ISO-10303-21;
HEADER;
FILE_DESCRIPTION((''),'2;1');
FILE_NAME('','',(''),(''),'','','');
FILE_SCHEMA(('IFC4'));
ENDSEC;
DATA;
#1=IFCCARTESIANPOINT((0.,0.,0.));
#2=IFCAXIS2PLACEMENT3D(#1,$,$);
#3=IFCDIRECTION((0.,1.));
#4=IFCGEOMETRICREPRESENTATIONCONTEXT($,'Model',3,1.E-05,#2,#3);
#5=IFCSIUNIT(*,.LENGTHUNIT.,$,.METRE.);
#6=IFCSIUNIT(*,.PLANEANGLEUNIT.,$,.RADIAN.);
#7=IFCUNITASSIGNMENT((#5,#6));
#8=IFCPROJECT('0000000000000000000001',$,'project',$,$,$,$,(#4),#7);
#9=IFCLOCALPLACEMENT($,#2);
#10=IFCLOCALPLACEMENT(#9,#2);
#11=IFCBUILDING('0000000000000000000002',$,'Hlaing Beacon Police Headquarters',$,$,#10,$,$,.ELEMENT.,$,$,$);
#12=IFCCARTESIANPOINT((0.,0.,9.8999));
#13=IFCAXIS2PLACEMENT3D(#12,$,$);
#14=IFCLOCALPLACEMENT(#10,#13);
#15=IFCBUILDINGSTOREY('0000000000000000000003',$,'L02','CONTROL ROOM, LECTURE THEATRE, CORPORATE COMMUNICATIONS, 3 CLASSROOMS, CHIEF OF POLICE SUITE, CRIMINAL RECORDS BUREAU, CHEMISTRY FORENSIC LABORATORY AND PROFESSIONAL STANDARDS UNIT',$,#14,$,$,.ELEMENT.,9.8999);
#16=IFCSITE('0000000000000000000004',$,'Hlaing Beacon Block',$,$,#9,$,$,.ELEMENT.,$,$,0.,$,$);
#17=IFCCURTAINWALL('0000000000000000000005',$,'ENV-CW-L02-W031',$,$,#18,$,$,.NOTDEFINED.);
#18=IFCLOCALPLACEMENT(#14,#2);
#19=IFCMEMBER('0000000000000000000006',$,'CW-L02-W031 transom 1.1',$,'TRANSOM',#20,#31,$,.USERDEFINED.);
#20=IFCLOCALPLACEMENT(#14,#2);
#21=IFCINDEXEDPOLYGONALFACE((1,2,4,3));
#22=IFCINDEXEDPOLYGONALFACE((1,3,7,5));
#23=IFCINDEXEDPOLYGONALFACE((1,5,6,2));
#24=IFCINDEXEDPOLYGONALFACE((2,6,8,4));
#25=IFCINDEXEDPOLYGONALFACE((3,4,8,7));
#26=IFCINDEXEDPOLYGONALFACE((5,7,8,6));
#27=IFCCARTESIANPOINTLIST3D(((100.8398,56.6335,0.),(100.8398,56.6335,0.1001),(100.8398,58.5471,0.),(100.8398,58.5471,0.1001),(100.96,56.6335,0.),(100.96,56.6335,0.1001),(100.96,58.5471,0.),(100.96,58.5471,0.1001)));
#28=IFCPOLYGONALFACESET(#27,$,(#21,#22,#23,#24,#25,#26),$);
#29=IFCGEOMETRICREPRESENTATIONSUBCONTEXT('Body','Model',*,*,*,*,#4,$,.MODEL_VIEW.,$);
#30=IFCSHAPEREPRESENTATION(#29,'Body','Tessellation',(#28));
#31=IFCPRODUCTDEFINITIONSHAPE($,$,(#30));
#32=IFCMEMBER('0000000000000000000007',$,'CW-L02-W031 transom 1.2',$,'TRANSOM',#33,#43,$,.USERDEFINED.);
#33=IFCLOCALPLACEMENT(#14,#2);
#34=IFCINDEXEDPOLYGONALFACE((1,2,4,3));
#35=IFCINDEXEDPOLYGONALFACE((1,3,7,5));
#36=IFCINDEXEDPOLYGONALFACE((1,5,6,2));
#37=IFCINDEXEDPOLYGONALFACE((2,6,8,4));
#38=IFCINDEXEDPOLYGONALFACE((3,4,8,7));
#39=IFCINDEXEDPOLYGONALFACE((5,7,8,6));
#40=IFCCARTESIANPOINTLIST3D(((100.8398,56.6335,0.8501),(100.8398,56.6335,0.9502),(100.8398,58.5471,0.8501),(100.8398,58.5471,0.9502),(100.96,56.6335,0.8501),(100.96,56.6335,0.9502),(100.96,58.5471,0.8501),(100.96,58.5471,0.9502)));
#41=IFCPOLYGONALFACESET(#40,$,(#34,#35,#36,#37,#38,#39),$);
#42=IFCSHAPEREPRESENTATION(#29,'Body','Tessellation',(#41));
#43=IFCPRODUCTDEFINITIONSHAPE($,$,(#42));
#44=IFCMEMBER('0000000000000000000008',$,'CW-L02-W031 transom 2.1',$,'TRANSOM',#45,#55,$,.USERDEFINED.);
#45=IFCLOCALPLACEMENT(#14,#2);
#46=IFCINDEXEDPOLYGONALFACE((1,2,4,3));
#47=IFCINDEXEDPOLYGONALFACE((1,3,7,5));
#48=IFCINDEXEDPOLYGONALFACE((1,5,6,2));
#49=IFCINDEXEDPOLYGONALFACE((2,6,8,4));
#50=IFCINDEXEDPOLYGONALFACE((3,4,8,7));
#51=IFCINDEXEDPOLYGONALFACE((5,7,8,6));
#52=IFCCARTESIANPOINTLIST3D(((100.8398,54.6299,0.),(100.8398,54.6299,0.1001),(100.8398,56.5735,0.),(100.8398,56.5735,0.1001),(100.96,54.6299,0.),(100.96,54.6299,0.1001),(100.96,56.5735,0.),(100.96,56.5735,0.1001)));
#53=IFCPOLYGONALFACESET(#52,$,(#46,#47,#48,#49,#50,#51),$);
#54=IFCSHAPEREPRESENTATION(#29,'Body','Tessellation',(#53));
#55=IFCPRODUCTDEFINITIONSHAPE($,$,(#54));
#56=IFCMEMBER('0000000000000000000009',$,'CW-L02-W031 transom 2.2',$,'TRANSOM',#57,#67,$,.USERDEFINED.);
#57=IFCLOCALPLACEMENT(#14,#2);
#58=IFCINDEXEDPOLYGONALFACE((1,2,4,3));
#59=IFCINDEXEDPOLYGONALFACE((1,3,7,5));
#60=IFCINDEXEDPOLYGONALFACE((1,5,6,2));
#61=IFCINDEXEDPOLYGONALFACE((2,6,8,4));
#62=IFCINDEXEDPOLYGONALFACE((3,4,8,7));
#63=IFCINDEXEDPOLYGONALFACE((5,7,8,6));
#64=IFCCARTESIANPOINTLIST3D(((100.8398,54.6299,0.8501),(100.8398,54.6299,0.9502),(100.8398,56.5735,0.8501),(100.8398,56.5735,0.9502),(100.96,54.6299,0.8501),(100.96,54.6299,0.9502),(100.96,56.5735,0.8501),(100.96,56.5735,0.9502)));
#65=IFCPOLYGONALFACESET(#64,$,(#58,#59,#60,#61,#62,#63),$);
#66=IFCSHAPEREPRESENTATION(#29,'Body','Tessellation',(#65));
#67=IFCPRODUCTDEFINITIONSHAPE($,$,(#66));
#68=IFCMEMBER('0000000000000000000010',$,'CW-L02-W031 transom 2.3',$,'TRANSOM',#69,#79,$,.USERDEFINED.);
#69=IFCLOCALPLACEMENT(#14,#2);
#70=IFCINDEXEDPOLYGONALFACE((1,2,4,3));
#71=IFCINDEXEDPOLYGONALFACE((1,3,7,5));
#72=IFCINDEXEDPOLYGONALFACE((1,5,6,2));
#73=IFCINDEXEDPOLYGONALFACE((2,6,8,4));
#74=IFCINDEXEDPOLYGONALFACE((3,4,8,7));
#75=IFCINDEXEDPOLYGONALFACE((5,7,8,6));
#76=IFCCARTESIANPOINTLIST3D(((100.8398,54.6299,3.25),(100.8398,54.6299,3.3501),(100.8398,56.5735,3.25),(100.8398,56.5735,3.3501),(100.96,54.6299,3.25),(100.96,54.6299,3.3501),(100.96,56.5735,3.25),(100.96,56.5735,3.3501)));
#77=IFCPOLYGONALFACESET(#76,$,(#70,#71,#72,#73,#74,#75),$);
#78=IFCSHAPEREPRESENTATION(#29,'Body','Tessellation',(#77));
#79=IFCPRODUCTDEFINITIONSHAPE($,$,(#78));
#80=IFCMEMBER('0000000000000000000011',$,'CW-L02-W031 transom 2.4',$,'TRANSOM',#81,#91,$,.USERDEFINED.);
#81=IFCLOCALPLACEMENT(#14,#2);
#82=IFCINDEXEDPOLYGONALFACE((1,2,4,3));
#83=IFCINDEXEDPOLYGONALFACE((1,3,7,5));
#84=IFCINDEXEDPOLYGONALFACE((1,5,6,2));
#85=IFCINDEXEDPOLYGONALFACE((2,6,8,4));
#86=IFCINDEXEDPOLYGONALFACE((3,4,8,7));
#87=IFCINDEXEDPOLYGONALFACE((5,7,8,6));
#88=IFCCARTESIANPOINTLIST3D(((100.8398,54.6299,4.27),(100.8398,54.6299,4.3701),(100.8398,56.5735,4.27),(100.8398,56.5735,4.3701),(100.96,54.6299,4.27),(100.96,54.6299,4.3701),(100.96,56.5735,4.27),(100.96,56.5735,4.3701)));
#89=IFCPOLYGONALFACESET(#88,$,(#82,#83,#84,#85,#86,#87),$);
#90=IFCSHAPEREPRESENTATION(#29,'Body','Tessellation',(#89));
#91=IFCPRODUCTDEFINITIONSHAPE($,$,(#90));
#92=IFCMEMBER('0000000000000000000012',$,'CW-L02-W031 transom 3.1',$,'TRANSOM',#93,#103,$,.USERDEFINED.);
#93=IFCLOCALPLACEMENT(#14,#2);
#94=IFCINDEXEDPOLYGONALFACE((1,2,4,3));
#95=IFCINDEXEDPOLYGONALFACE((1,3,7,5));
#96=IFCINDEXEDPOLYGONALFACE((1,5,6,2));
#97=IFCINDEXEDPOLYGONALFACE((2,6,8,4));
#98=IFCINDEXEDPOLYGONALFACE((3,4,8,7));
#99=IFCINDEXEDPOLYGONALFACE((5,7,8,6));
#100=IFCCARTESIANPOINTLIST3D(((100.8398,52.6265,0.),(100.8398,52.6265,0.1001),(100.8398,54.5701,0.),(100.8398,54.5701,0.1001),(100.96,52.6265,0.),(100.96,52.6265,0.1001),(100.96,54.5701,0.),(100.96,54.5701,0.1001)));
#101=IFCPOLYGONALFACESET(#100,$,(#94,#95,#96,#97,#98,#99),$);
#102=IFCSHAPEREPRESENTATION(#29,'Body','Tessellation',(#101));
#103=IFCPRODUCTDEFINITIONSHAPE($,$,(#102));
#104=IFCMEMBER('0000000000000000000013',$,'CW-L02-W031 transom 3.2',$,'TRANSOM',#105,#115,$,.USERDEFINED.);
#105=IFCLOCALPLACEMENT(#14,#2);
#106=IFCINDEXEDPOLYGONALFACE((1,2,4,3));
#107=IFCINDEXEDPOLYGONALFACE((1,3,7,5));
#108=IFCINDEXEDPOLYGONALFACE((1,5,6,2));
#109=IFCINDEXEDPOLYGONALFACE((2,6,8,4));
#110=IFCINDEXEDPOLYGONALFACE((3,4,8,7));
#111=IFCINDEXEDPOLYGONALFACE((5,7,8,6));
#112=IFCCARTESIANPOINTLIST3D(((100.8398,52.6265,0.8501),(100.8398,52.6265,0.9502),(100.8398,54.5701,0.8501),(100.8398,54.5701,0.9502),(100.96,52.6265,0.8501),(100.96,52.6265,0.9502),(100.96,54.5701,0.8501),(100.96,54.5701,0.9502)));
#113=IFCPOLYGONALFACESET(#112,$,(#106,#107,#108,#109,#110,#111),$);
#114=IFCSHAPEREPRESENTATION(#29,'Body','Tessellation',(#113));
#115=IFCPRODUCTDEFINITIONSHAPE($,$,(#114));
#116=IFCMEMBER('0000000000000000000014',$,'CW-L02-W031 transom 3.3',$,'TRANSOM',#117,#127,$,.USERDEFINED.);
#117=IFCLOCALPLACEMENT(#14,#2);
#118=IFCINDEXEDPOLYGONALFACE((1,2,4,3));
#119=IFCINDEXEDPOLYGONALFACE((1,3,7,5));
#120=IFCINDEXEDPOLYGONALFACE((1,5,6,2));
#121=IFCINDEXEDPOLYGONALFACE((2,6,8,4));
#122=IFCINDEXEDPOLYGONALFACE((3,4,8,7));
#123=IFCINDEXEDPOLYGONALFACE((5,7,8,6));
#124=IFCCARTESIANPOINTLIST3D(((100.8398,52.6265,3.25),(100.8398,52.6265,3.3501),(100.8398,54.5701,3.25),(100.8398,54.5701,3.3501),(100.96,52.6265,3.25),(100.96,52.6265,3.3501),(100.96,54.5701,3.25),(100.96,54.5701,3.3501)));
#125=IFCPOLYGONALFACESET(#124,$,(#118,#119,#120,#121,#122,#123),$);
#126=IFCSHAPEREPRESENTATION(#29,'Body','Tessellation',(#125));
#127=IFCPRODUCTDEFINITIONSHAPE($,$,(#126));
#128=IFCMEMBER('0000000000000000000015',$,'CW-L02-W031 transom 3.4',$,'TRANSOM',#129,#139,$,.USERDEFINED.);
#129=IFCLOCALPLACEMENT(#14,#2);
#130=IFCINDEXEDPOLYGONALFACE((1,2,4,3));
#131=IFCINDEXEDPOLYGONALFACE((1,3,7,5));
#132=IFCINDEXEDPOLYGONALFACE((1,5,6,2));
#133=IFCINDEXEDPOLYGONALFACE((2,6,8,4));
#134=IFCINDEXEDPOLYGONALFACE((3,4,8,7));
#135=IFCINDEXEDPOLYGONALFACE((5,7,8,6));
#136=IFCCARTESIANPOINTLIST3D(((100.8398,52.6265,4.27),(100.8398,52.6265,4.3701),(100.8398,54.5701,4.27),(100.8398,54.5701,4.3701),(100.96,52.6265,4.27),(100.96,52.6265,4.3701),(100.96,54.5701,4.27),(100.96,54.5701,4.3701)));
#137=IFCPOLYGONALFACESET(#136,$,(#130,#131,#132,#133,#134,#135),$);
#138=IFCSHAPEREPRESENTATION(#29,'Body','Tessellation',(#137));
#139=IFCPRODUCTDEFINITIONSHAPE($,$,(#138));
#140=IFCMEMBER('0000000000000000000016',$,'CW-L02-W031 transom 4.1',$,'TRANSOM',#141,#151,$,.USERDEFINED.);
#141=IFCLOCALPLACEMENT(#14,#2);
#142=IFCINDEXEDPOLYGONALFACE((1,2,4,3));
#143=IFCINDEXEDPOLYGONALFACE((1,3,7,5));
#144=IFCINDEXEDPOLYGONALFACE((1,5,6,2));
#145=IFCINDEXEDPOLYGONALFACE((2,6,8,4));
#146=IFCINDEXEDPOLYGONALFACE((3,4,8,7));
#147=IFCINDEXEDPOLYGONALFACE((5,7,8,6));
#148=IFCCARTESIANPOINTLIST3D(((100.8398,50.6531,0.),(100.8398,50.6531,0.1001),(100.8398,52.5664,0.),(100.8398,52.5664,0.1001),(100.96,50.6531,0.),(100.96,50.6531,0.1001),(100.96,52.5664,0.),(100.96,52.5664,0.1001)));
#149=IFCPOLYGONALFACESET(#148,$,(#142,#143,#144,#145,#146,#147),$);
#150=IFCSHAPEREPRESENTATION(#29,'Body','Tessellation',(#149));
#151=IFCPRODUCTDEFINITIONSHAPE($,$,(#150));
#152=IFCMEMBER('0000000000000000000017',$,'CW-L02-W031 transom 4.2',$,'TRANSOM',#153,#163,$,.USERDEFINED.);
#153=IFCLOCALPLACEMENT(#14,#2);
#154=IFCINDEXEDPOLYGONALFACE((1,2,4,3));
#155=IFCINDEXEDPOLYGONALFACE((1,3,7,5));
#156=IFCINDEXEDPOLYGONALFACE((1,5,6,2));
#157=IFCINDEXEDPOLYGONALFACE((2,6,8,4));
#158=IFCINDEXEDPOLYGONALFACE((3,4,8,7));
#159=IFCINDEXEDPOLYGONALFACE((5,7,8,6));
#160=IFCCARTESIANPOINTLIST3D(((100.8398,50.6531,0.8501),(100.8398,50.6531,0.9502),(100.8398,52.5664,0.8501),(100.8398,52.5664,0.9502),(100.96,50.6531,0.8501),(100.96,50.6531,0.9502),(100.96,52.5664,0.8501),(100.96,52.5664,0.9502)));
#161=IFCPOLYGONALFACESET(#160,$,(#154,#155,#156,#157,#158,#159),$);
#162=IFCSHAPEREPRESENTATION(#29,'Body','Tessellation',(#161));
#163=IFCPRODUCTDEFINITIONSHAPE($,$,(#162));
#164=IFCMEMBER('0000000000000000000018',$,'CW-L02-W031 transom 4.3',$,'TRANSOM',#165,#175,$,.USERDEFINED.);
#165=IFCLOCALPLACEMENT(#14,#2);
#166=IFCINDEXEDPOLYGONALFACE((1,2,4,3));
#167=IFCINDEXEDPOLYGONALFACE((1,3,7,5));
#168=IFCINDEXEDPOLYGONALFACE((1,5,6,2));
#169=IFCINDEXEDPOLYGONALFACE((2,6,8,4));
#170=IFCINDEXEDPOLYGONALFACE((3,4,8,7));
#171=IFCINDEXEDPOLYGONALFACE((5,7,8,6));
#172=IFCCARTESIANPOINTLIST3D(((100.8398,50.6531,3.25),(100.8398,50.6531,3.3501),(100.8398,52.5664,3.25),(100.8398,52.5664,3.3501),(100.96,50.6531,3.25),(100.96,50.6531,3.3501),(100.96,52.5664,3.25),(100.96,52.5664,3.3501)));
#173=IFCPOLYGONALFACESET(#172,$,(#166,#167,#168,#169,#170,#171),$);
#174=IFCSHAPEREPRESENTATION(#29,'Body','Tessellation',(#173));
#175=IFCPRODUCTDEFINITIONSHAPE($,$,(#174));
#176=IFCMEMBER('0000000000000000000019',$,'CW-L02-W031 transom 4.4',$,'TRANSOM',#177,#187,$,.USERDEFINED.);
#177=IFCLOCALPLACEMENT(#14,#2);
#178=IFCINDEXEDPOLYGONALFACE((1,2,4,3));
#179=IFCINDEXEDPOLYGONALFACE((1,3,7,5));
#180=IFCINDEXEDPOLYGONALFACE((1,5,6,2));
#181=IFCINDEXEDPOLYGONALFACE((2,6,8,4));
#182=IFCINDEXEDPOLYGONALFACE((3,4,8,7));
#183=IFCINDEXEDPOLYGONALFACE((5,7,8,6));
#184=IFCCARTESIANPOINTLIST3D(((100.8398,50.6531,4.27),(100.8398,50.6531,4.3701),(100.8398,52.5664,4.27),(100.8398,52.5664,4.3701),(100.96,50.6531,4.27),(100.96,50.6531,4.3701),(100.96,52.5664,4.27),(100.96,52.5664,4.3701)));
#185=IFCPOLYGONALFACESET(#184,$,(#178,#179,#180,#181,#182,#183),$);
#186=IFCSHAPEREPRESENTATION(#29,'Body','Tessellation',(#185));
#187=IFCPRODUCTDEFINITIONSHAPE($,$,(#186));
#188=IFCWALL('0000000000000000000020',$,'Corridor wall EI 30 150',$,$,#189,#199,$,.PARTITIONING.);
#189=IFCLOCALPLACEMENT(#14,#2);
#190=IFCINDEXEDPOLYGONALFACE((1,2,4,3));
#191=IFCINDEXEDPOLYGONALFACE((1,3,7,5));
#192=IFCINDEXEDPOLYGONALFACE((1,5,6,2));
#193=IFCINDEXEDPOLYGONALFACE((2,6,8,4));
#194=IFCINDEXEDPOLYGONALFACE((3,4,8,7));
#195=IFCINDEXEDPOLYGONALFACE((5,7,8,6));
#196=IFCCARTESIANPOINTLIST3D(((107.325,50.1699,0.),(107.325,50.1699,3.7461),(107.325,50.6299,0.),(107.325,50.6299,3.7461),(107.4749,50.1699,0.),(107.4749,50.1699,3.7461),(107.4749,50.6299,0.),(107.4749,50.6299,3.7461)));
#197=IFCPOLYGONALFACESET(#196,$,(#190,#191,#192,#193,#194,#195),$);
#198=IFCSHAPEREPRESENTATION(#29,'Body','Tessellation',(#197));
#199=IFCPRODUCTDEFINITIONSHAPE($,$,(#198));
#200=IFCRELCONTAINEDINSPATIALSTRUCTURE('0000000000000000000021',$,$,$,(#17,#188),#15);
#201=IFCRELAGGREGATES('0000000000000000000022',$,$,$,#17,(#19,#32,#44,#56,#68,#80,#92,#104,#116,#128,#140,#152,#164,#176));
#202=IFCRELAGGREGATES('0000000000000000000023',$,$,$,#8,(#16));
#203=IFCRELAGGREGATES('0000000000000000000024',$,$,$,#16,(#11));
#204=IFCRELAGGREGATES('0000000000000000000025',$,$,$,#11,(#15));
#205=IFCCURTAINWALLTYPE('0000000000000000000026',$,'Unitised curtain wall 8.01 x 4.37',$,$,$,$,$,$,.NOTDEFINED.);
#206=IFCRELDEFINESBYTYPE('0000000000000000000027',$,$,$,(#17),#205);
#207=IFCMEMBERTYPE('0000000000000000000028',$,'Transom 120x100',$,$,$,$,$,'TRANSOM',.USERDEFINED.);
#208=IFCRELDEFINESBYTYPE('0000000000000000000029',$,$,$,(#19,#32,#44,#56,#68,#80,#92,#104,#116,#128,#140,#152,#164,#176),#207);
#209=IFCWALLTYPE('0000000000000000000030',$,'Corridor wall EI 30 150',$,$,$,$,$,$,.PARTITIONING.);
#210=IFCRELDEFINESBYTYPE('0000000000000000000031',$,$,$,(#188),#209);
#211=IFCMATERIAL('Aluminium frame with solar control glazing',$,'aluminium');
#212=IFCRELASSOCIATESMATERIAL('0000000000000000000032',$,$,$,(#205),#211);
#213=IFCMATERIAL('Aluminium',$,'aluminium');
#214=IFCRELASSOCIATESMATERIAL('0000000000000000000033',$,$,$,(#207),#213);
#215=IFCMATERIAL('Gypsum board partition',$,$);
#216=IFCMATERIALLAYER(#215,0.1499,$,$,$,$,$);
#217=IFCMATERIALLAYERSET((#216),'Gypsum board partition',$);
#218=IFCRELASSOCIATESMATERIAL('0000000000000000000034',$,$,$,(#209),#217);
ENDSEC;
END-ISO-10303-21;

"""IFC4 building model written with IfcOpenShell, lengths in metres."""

from ifc_helpers import new_model, si_unit, direction, frame, frame_2d, origin, origin_2d, place, context, subcontext, project, spatial, rectangle, extrude, material, layer, layer_set, material_profile, profile_set, type_object, element, aggregate, save


model = new_model("IFC4")

# Units and contexts
model_context = context("Model", 3, precision=1e-05, world=origin(), true_north=direction((0.0, 1.0)))
body_context = subcontext(model_context, "Body", "Model", "MODEL_VIEW")
ifc_project = project(units=[si_unit("LENGTHUNIT", "METRE"), si_unit("PLANEANGLEUNIT", "RADIAN")], contexts=[model_context])

# Site, building, storey
site_placement = place(None, origin())
site = spatial("IfcSite", under=ifc_project, at=site_placement, Name="Hlaing Beacon Block", CompositionType="ELEMENT", RefElevation=0.0)
building_placement = place(site_placement, origin())
building = spatial("IfcBuilding", under=site, at=building_placement, Name="Hlaing Beacon Police Headquarters", CompositionType="ELEMENT")
storey_placement = place(building_placement, frame((0.0, 0.0, 9.8999)))
storey = spatial("IfcBuildingStorey", under=building, at=storey_placement, Name="L02", Description="CONTROL ROOM, LECTURE THEATRE, CORPORATE COMMUNICATIONS, 3 CLASSROOMS, CHIEF OF POLICE SUITE, CRIMINAL RECORDS BUREAU, CHEMISTRY FORENSIC LABORATORY AND PROFESSIONAL STANDARDS UNIT", CompositionType="ELEMENT", Elevation=9.8999)

# Curtain wall
ifc_material_1 = material(Name="Aluminium frame with solar control glazing", Category="aluminium")
curtain_wall_type = type_object("IfcCurtainWallType", Name="Unitised curtain wall 8.01 x 4.37", PredefinedType="NOTDEFINED", material=ifc_material_1)
curtain_wall_placement = place(storey_placement, origin())
curtain_wall = element("IfcCurtainWall", 1, at=curtain_wall_placement, inside=storey, type_object=curtain_wall_type, Name="ENV-CW-L02-W031", PredefinedType="NOTDEFINED")

# Members
ifc_material_2 = material(Name="Aluminium", Category="aluminium")
ifc_material_profile_1 = material_profile(ifc_material_2, rectangle(XDim=0.1201, YDim=0.1001, at=origin_2d()), Name="Transom 120x100")
ifc_profile_set_1 = profile_set([ifc_material_profile_1], Name="Aluminium")
member_type_1 = type_object("IfcMemberType", Name="Transom 120x100", ElementType="TRANSOM", PredefinedType="USERDEFINED", material=ifc_profile_set_1)
member_1_placement = place(storey_placement, frame((100.8999, 58.5471, 0.05), z_axis=(0.0, -1.0, 0.0), x_axis=(1.0, 0.0, 0.0)))
member_1 = element("IfcMember", 2, at=member_1_placement, type_object=member_type_1, Name="CW-L02-W031 transom 1.1", ObjectType="TRANSOM", PredefinedType="USERDEFINED", context=body_context, shape_type="SweptSolid", body=[
    extrude(rectangle(XDim=0.1201, YDim=0.1001, at=origin_2d()), origin(), (0.0, 0.0, 1.0), 1.9136),
])
member_2_placement = place(storey_placement, frame((100.8999, 58.5471, 0.9001), z_axis=(0.0, -1.0, 0.0), x_axis=(1.0, 0.0, 0.0)))
member_2 = element("IfcMember", 3, at=member_2_placement, type_object=member_type_1, Name="CW-L02-W031 transom 1.2", ObjectType="TRANSOM", PredefinedType="USERDEFINED", context=body_context, shape_type="SweptSolid", body=[
    extrude(rectangle(XDim=0.1201, YDim=0.1001, at=origin_2d()), origin(), (0.0, 0.0, 1.0), 1.9136),
])
member_3_placement = place(storey_placement, frame((100.8999, 56.5735, 0.05), z_axis=(0.0, -1.0, 0.0), x_axis=(1.0, 0.0, 0.0)))
member_3 = element("IfcMember", 4, at=member_3_placement, type_object=member_type_1, Name="CW-L02-W031 transom 2.1", ObjectType="TRANSOM", PredefinedType="USERDEFINED", context=body_context, shape_type="SweptSolid", body=[
    extrude(rectangle(XDim=0.1201, YDim=0.1001, at=origin_2d()), origin(), (0.0, 0.0, 1.0), 1.9436),
])
member_4_placement = place(storey_placement, frame((100.8999, 56.5735, 0.9001), z_axis=(0.0, -1.0, 0.0), x_axis=(1.0, 0.0, 0.0)))
member_4 = element("IfcMember", 5, at=member_4_placement, type_object=member_type_1, Name="CW-L02-W031 transom 2.2", ObjectType="TRANSOM", PredefinedType="USERDEFINED", context=body_context, shape_type="SweptSolid", body=[
    extrude(rectangle(XDim=0.1201, YDim=0.1001, at=origin_2d()), origin(), (0.0, 0.0, 1.0), 1.9436),
])
member_5_placement = place(storey_placement, frame((100.8999, 56.5735, 3.3), z_axis=(0.0, -1.0, 0.0), x_axis=(1.0, 0.0, 0.0)))
member_5 = element("IfcMember", 6, at=member_5_placement, type_object=member_type_1, Name="CW-L02-W031 transom 2.3", ObjectType="TRANSOM", PredefinedType="USERDEFINED", context=body_context, shape_type="SweptSolid", body=[
    extrude(rectangle(XDim=0.1201, YDim=0.1001, at=origin_2d()), origin(), (0.0, 0.0, 1.0), 1.9436),
])
member_6_placement = place(storey_placement, frame((100.8999, 56.5735, 4.3201), z_axis=(0.0, -1.0, 0.0), x_axis=(1.0, 0.0, 0.0)))
member_6 = element("IfcMember", 7, at=member_6_placement, type_object=member_type_1, Name="CW-L02-W031 transom 2.4", ObjectType="TRANSOM", PredefinedType="USERDEFINED", context=body_context, shape_type="SweptSolid", body=[
    extrude(rectangle(XDim=0.1201, YDim=0.1001, at=origin_2d()), origin(), (0.0, 0.0, 1.0), 1.9436),
])
member_7_placement = place(storey_placement, frame((100.8999, 54.5701, 0.05), z_axis=(0.0, -1.0, 0.0), x_axis=(1.0, 0.0, 0.0)))
member_7 = element("IfcMember", 8, at=member_7_placement, type_object=member_type_1, Name="CW-L02-W031 transom 3.1", ObjectType="TRANSOM", PredefinedType="USERDEFINED", context=body_context, shape_type="SweptSolid", body=[
    extrude(rectangle(XDim=0.1201, YDim=0.1001, at=origin_2d()), origin(), (0.0, 0.0, 1.0), 1.9436),
])
member_8_placement = place(storey_placement, frame((100.8999, 54.5701, 0.9001), z_axis=(0.0, -1.0, 0.0), x_axis=(1.0, 0.0, 0.0)))
member_8 = element("IfcMember", 9, at=member_8_placement, type_object=member_type_1, Name="CW-L02-W031 transom 3.2", ObjectType="TRANSOM", PredefinedType="USERDEFINED", context=body_context, shape_type="SweptSolid", body=[
    extrude(rectangle(XDim=0.1201, YDim=0.1001, at=origin_2d()), origin(), (0.0, 0.0, 1.0), 1.9436),
])
member_9_placement = place(storey_placement, frame((100.8999, 54.5701, 3.3), z_axis=(0.0, -1.0, 0.0), x_axis=(1.0, 0.0, 0.0)))
member_9 = element("IfcMember", 10, at=member_9_placement, type_object=member_type_1, Name="CW-L02-W031 transom 3.3", ObjectType="TRANSOM", PredefinedType="USERDEFINED", context=body_context, shape_type="SweptSolid", body=[
    extrude(rectangle(XDim=0.1201, YDim=0.1001, at=origin_2d()), origin(), (0.0, 0.0, 1.0), 1.9436),
])
member_10_placement = place(storey_placement, frame((100.8999, 54.5701, 4.3201), z_axis=(0.0, -1.0, 0.0), x_axis=(1.0, 0.0, 0.0)))
member_10 = element("IfcMember", 11, at=member_10_placement, type_object=member_type_1, Name="CW-L02-W031 transom 3.4", ObjectType="TRANSOM", PredefinedType="USERDEFINED", context=body_context, shape_type="SweptSolid", body=[
    extrude(rectangle(XDim=0.1201, YDim=0.1001, at=origin_2d()), origin(), (0.0, 0.0, 1.0), 1.9436),
])
member_11_placement = place(storey_placement, frame((100.8999, 52.5664, 0.05), z_axis=(0.0, -1.0, 0.0), x_axis=(1.0, 0.0, 0.0)))
member_11 = element("IfcMember", 12, at=member_11_placement, type_object=member_type_1, Name="CW-L02-W031 transom 4.1", ObjectType="TRANSOM", PredefinedType="USERDEFINED", context=body_context, shape_type="SweptSolid", body=[
    extrude(rectangle(XDim=0.1201, YDim=0.1001, at=origin_2d()), origin(), (0.0, 0.0, 1.0), 1.9133),
])
member_12_placement = place(storey_placement, frame((100.8999, 52.5664, 0.9001), z_axis=(0.0, -1.0, 0.0), x_axis=(1.0, 0.0, 0.0)))
member_12 = element("IfcMember", 13, at=member_12_placement, type_object=member_type_1, Name="CW-L02-W031 transom 4.2", ObjectType="TRANSOM", PredefinedType="USERDEFINED", context=body_context, shape_type="SweptSolid", body=[
    extrude(rectangle(XDim=0.1201, YDim=0.1001, at=origin_2d()), origin(), (0.0, 0.0, 1.0), 1.9133),
])
member_13_placement = place(storey_placement, frame((100.8999, 52.5664, 3.3), z_axis=(0.0, -1.0, 0.0), x_axis=(1.0, 0.0, 0.0)))
member_13 = element("IfcMember", 14, at=member_13_placement, type_object=member_type_1, Name="CW-L02-W031 transom 4.3", ObjectType="TRANSOM", PredefinedType="USERDEFINED", context=body_context, shape_type="SweptSolid", body=[
    extrude(rectangle(XDim=0.1201, YDim=0.1001, at=origin_2d()), origin(), (0.0, 0.0, 1.0), 1.9133),
])
member_14_placement = place(storey_placement, frame((100.8999, 52.5664, 4.3201), z_axis=(0.0, -1.0, 0.0), x_axis=(1.0, 0.0, 0.0)))
member_14 = element("IfcMember", 15, at=member_14_placement, type_object=member_type_1, Name="CW-L02-W031 transom 4.4", ObjectType="TRANSOM", PredefinedType="USERDEFINED", context=body_context, shape_type="SweptSolid", body=[
    extrude(rectangle(XDim=0.1201, YDim=0.1001, at=origin_2d()), origin(), (0.0, 0.0, 1.0), 1.9133),
])
aggregate(curtain_wall, [member_1, member_2, member_3, member_4, member_5, member_6, member_7, member_8, member_9, member_10, member_11, member_12, member_13, member_14])

# Wall
ifc_material_3 = material(Name="Gypsum board partition")
ifc_layer = layer(ifc_material_3, 0.1499)
ifc_layer_set = layer_set([ifc_layer], Name="Gypsum board partition")
wall_type = type_object("IfcWallType", Name="Corridor wall EI 30 150", PredefinedType="PARTITIONING", material=ifc_layer_set)
wall_placement = place(storey_placement, frame((107.3999, 50.1699, 0.0), z_axis=(0.0, 0.0, 1.0), x_axis=(0.0, 1.0, 0.0)))
element("IfcWall", 16, at=wall_placement, inside=storey, type_object=wall_type, Name="Corridor wall EI 30 150", PredefinedType="PARTITIONING", context=body_context, shape_type="SweptSolid", body=[
    extrude(rectangle(XDim=0.46, YDim=0.1499, at=frame_2d((0.23, 0.0))), origin(), (0.0, 0.0, 1.0), 3.7461),
])

save(model, "model.ifc")
